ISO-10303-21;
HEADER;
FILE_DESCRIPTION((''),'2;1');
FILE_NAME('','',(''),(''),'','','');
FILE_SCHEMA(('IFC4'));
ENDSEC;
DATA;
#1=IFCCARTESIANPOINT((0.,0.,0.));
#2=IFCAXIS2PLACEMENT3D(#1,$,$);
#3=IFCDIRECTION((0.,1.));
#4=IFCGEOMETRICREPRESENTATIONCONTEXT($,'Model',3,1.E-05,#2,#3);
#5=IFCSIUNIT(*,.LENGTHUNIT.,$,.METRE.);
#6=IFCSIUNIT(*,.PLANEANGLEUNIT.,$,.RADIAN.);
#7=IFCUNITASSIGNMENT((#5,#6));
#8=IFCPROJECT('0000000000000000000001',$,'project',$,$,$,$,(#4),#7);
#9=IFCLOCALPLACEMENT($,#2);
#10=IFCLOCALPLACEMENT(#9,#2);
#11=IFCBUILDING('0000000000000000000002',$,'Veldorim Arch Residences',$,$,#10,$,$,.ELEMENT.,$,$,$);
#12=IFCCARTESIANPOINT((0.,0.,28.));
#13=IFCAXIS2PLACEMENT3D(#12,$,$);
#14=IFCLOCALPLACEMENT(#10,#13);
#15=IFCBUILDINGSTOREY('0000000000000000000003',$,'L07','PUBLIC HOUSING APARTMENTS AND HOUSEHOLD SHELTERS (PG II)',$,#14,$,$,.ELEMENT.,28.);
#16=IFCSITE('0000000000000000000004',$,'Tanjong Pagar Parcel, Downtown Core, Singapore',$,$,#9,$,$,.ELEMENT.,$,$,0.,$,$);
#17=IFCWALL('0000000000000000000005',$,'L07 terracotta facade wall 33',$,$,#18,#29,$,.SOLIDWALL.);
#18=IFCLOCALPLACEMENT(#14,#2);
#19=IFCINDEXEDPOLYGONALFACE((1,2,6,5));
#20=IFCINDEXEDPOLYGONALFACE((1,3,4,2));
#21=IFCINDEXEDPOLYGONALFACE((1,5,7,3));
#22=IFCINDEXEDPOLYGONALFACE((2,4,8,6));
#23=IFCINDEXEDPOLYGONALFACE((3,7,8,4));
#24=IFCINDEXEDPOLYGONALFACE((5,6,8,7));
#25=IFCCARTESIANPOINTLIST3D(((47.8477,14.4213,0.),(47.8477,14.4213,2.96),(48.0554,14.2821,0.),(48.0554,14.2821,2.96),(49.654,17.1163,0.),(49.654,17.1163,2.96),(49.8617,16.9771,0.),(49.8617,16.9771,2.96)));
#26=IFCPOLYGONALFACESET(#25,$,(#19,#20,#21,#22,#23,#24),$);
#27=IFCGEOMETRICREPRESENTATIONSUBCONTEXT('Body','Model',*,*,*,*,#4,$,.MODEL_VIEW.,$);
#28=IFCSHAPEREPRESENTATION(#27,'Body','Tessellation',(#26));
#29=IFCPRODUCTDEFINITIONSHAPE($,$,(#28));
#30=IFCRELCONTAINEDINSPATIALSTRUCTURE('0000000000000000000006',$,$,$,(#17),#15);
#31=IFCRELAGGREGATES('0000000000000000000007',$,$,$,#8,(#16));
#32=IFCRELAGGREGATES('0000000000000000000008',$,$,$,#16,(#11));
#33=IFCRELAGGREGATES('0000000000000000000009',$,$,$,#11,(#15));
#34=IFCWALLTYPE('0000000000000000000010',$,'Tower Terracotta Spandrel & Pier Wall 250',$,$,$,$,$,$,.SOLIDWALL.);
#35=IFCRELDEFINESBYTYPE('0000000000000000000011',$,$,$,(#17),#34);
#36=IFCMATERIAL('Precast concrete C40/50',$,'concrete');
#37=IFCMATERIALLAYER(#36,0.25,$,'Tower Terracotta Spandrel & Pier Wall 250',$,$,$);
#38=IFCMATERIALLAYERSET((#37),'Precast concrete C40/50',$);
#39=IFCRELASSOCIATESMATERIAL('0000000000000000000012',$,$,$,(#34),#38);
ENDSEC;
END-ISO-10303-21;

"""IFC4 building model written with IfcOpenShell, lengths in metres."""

from ifc_helpers import new_model, si_unit, direction, frame, frame_2d, origin, place, context, subcontext, project, spatial, rectangle, extrude, material, layer, layer_set, type_object, element, save


model = new_model("IFC4")

# Units and contexts
model_context = context("Model", 3, precision=1e-05, world=origin(), true_north=direction((0.0, 1.0)))
body_context = subcontext(model_context, "Body", "Model", "MODEL_VIEW")
ifc_project = project(units=[si_unit("LENGTHUNIT", "METRE"), si_unit("PLANEANGLEUNIT", "RADIAN")], contexts=[model_context])

# Site, building, storey
site_placement = place(None, origin())
site = spatial("IfcSite", under=ifc_project, at=site_placement, Name="Tanjong Pagar Parcel, Downtown Core, Singapore", CompositionType="ELEMENT", RefElevation=0.0)
building_placement = place(site_placement, origin())
building = spatial("IfcBuilding", under=site, at=building_placement, Name="Veldorim Arch Residences", CompositionType="ELEMENT")
storey_placement = place(building_placement, frame((0.0, 0.0, 28.0)))
storey = spatial("IfcBuildingStorey", under=building, at=storey_placement, Name="L07", Description="PUBLIC HOUSING APARTMENTS AND HOUSEHOLD SHELTERS (PG II)", CompositionType="ELEMENT", Elevation=28.0)

# Shared definitions
ifc_material_1 = material(Name="Precast concrete C40/50", Category="concrete")
ifc_layer_1 = layer(ifc_material_1, 0.25, Name="Tower Terracotta Spandrel & Pier Wall 250")
ifc_layer_set_1 = layer_set([ifc_layer_1], Name="Precast concrete C40/50")
wall_type_1 = type_object("IfcWallType", Name="Tower Terracotta Spandrel & Pier Wall 250", PredefinedType="SOLIDWALL", material=ifc_layer_set_1)

# Wall
wall_1_placement = place(storey_placement, frame((49.7578, 17.0466, 0.0), z_axis=(0.0, 0.0, 1.0), x_axis=(-0.556765, -0.83067, 0.0)))
element("IfcWall", 1, at=wall_1_placement, inside=storey, type_object=wall_type_1, Name="L07 terracotta facade wall 33", PredefinedType="SOLIDWALL", context=body_context, shape_type="SweptSolid", body=[
    extrude(rectangle(XDim=3.2444, YDim=0.25, at=frame_2d((1.6221, 0.0))), origin(), (0.0, 0.0, 1.0), 2.96),
])

save(model, "model.ifc")
